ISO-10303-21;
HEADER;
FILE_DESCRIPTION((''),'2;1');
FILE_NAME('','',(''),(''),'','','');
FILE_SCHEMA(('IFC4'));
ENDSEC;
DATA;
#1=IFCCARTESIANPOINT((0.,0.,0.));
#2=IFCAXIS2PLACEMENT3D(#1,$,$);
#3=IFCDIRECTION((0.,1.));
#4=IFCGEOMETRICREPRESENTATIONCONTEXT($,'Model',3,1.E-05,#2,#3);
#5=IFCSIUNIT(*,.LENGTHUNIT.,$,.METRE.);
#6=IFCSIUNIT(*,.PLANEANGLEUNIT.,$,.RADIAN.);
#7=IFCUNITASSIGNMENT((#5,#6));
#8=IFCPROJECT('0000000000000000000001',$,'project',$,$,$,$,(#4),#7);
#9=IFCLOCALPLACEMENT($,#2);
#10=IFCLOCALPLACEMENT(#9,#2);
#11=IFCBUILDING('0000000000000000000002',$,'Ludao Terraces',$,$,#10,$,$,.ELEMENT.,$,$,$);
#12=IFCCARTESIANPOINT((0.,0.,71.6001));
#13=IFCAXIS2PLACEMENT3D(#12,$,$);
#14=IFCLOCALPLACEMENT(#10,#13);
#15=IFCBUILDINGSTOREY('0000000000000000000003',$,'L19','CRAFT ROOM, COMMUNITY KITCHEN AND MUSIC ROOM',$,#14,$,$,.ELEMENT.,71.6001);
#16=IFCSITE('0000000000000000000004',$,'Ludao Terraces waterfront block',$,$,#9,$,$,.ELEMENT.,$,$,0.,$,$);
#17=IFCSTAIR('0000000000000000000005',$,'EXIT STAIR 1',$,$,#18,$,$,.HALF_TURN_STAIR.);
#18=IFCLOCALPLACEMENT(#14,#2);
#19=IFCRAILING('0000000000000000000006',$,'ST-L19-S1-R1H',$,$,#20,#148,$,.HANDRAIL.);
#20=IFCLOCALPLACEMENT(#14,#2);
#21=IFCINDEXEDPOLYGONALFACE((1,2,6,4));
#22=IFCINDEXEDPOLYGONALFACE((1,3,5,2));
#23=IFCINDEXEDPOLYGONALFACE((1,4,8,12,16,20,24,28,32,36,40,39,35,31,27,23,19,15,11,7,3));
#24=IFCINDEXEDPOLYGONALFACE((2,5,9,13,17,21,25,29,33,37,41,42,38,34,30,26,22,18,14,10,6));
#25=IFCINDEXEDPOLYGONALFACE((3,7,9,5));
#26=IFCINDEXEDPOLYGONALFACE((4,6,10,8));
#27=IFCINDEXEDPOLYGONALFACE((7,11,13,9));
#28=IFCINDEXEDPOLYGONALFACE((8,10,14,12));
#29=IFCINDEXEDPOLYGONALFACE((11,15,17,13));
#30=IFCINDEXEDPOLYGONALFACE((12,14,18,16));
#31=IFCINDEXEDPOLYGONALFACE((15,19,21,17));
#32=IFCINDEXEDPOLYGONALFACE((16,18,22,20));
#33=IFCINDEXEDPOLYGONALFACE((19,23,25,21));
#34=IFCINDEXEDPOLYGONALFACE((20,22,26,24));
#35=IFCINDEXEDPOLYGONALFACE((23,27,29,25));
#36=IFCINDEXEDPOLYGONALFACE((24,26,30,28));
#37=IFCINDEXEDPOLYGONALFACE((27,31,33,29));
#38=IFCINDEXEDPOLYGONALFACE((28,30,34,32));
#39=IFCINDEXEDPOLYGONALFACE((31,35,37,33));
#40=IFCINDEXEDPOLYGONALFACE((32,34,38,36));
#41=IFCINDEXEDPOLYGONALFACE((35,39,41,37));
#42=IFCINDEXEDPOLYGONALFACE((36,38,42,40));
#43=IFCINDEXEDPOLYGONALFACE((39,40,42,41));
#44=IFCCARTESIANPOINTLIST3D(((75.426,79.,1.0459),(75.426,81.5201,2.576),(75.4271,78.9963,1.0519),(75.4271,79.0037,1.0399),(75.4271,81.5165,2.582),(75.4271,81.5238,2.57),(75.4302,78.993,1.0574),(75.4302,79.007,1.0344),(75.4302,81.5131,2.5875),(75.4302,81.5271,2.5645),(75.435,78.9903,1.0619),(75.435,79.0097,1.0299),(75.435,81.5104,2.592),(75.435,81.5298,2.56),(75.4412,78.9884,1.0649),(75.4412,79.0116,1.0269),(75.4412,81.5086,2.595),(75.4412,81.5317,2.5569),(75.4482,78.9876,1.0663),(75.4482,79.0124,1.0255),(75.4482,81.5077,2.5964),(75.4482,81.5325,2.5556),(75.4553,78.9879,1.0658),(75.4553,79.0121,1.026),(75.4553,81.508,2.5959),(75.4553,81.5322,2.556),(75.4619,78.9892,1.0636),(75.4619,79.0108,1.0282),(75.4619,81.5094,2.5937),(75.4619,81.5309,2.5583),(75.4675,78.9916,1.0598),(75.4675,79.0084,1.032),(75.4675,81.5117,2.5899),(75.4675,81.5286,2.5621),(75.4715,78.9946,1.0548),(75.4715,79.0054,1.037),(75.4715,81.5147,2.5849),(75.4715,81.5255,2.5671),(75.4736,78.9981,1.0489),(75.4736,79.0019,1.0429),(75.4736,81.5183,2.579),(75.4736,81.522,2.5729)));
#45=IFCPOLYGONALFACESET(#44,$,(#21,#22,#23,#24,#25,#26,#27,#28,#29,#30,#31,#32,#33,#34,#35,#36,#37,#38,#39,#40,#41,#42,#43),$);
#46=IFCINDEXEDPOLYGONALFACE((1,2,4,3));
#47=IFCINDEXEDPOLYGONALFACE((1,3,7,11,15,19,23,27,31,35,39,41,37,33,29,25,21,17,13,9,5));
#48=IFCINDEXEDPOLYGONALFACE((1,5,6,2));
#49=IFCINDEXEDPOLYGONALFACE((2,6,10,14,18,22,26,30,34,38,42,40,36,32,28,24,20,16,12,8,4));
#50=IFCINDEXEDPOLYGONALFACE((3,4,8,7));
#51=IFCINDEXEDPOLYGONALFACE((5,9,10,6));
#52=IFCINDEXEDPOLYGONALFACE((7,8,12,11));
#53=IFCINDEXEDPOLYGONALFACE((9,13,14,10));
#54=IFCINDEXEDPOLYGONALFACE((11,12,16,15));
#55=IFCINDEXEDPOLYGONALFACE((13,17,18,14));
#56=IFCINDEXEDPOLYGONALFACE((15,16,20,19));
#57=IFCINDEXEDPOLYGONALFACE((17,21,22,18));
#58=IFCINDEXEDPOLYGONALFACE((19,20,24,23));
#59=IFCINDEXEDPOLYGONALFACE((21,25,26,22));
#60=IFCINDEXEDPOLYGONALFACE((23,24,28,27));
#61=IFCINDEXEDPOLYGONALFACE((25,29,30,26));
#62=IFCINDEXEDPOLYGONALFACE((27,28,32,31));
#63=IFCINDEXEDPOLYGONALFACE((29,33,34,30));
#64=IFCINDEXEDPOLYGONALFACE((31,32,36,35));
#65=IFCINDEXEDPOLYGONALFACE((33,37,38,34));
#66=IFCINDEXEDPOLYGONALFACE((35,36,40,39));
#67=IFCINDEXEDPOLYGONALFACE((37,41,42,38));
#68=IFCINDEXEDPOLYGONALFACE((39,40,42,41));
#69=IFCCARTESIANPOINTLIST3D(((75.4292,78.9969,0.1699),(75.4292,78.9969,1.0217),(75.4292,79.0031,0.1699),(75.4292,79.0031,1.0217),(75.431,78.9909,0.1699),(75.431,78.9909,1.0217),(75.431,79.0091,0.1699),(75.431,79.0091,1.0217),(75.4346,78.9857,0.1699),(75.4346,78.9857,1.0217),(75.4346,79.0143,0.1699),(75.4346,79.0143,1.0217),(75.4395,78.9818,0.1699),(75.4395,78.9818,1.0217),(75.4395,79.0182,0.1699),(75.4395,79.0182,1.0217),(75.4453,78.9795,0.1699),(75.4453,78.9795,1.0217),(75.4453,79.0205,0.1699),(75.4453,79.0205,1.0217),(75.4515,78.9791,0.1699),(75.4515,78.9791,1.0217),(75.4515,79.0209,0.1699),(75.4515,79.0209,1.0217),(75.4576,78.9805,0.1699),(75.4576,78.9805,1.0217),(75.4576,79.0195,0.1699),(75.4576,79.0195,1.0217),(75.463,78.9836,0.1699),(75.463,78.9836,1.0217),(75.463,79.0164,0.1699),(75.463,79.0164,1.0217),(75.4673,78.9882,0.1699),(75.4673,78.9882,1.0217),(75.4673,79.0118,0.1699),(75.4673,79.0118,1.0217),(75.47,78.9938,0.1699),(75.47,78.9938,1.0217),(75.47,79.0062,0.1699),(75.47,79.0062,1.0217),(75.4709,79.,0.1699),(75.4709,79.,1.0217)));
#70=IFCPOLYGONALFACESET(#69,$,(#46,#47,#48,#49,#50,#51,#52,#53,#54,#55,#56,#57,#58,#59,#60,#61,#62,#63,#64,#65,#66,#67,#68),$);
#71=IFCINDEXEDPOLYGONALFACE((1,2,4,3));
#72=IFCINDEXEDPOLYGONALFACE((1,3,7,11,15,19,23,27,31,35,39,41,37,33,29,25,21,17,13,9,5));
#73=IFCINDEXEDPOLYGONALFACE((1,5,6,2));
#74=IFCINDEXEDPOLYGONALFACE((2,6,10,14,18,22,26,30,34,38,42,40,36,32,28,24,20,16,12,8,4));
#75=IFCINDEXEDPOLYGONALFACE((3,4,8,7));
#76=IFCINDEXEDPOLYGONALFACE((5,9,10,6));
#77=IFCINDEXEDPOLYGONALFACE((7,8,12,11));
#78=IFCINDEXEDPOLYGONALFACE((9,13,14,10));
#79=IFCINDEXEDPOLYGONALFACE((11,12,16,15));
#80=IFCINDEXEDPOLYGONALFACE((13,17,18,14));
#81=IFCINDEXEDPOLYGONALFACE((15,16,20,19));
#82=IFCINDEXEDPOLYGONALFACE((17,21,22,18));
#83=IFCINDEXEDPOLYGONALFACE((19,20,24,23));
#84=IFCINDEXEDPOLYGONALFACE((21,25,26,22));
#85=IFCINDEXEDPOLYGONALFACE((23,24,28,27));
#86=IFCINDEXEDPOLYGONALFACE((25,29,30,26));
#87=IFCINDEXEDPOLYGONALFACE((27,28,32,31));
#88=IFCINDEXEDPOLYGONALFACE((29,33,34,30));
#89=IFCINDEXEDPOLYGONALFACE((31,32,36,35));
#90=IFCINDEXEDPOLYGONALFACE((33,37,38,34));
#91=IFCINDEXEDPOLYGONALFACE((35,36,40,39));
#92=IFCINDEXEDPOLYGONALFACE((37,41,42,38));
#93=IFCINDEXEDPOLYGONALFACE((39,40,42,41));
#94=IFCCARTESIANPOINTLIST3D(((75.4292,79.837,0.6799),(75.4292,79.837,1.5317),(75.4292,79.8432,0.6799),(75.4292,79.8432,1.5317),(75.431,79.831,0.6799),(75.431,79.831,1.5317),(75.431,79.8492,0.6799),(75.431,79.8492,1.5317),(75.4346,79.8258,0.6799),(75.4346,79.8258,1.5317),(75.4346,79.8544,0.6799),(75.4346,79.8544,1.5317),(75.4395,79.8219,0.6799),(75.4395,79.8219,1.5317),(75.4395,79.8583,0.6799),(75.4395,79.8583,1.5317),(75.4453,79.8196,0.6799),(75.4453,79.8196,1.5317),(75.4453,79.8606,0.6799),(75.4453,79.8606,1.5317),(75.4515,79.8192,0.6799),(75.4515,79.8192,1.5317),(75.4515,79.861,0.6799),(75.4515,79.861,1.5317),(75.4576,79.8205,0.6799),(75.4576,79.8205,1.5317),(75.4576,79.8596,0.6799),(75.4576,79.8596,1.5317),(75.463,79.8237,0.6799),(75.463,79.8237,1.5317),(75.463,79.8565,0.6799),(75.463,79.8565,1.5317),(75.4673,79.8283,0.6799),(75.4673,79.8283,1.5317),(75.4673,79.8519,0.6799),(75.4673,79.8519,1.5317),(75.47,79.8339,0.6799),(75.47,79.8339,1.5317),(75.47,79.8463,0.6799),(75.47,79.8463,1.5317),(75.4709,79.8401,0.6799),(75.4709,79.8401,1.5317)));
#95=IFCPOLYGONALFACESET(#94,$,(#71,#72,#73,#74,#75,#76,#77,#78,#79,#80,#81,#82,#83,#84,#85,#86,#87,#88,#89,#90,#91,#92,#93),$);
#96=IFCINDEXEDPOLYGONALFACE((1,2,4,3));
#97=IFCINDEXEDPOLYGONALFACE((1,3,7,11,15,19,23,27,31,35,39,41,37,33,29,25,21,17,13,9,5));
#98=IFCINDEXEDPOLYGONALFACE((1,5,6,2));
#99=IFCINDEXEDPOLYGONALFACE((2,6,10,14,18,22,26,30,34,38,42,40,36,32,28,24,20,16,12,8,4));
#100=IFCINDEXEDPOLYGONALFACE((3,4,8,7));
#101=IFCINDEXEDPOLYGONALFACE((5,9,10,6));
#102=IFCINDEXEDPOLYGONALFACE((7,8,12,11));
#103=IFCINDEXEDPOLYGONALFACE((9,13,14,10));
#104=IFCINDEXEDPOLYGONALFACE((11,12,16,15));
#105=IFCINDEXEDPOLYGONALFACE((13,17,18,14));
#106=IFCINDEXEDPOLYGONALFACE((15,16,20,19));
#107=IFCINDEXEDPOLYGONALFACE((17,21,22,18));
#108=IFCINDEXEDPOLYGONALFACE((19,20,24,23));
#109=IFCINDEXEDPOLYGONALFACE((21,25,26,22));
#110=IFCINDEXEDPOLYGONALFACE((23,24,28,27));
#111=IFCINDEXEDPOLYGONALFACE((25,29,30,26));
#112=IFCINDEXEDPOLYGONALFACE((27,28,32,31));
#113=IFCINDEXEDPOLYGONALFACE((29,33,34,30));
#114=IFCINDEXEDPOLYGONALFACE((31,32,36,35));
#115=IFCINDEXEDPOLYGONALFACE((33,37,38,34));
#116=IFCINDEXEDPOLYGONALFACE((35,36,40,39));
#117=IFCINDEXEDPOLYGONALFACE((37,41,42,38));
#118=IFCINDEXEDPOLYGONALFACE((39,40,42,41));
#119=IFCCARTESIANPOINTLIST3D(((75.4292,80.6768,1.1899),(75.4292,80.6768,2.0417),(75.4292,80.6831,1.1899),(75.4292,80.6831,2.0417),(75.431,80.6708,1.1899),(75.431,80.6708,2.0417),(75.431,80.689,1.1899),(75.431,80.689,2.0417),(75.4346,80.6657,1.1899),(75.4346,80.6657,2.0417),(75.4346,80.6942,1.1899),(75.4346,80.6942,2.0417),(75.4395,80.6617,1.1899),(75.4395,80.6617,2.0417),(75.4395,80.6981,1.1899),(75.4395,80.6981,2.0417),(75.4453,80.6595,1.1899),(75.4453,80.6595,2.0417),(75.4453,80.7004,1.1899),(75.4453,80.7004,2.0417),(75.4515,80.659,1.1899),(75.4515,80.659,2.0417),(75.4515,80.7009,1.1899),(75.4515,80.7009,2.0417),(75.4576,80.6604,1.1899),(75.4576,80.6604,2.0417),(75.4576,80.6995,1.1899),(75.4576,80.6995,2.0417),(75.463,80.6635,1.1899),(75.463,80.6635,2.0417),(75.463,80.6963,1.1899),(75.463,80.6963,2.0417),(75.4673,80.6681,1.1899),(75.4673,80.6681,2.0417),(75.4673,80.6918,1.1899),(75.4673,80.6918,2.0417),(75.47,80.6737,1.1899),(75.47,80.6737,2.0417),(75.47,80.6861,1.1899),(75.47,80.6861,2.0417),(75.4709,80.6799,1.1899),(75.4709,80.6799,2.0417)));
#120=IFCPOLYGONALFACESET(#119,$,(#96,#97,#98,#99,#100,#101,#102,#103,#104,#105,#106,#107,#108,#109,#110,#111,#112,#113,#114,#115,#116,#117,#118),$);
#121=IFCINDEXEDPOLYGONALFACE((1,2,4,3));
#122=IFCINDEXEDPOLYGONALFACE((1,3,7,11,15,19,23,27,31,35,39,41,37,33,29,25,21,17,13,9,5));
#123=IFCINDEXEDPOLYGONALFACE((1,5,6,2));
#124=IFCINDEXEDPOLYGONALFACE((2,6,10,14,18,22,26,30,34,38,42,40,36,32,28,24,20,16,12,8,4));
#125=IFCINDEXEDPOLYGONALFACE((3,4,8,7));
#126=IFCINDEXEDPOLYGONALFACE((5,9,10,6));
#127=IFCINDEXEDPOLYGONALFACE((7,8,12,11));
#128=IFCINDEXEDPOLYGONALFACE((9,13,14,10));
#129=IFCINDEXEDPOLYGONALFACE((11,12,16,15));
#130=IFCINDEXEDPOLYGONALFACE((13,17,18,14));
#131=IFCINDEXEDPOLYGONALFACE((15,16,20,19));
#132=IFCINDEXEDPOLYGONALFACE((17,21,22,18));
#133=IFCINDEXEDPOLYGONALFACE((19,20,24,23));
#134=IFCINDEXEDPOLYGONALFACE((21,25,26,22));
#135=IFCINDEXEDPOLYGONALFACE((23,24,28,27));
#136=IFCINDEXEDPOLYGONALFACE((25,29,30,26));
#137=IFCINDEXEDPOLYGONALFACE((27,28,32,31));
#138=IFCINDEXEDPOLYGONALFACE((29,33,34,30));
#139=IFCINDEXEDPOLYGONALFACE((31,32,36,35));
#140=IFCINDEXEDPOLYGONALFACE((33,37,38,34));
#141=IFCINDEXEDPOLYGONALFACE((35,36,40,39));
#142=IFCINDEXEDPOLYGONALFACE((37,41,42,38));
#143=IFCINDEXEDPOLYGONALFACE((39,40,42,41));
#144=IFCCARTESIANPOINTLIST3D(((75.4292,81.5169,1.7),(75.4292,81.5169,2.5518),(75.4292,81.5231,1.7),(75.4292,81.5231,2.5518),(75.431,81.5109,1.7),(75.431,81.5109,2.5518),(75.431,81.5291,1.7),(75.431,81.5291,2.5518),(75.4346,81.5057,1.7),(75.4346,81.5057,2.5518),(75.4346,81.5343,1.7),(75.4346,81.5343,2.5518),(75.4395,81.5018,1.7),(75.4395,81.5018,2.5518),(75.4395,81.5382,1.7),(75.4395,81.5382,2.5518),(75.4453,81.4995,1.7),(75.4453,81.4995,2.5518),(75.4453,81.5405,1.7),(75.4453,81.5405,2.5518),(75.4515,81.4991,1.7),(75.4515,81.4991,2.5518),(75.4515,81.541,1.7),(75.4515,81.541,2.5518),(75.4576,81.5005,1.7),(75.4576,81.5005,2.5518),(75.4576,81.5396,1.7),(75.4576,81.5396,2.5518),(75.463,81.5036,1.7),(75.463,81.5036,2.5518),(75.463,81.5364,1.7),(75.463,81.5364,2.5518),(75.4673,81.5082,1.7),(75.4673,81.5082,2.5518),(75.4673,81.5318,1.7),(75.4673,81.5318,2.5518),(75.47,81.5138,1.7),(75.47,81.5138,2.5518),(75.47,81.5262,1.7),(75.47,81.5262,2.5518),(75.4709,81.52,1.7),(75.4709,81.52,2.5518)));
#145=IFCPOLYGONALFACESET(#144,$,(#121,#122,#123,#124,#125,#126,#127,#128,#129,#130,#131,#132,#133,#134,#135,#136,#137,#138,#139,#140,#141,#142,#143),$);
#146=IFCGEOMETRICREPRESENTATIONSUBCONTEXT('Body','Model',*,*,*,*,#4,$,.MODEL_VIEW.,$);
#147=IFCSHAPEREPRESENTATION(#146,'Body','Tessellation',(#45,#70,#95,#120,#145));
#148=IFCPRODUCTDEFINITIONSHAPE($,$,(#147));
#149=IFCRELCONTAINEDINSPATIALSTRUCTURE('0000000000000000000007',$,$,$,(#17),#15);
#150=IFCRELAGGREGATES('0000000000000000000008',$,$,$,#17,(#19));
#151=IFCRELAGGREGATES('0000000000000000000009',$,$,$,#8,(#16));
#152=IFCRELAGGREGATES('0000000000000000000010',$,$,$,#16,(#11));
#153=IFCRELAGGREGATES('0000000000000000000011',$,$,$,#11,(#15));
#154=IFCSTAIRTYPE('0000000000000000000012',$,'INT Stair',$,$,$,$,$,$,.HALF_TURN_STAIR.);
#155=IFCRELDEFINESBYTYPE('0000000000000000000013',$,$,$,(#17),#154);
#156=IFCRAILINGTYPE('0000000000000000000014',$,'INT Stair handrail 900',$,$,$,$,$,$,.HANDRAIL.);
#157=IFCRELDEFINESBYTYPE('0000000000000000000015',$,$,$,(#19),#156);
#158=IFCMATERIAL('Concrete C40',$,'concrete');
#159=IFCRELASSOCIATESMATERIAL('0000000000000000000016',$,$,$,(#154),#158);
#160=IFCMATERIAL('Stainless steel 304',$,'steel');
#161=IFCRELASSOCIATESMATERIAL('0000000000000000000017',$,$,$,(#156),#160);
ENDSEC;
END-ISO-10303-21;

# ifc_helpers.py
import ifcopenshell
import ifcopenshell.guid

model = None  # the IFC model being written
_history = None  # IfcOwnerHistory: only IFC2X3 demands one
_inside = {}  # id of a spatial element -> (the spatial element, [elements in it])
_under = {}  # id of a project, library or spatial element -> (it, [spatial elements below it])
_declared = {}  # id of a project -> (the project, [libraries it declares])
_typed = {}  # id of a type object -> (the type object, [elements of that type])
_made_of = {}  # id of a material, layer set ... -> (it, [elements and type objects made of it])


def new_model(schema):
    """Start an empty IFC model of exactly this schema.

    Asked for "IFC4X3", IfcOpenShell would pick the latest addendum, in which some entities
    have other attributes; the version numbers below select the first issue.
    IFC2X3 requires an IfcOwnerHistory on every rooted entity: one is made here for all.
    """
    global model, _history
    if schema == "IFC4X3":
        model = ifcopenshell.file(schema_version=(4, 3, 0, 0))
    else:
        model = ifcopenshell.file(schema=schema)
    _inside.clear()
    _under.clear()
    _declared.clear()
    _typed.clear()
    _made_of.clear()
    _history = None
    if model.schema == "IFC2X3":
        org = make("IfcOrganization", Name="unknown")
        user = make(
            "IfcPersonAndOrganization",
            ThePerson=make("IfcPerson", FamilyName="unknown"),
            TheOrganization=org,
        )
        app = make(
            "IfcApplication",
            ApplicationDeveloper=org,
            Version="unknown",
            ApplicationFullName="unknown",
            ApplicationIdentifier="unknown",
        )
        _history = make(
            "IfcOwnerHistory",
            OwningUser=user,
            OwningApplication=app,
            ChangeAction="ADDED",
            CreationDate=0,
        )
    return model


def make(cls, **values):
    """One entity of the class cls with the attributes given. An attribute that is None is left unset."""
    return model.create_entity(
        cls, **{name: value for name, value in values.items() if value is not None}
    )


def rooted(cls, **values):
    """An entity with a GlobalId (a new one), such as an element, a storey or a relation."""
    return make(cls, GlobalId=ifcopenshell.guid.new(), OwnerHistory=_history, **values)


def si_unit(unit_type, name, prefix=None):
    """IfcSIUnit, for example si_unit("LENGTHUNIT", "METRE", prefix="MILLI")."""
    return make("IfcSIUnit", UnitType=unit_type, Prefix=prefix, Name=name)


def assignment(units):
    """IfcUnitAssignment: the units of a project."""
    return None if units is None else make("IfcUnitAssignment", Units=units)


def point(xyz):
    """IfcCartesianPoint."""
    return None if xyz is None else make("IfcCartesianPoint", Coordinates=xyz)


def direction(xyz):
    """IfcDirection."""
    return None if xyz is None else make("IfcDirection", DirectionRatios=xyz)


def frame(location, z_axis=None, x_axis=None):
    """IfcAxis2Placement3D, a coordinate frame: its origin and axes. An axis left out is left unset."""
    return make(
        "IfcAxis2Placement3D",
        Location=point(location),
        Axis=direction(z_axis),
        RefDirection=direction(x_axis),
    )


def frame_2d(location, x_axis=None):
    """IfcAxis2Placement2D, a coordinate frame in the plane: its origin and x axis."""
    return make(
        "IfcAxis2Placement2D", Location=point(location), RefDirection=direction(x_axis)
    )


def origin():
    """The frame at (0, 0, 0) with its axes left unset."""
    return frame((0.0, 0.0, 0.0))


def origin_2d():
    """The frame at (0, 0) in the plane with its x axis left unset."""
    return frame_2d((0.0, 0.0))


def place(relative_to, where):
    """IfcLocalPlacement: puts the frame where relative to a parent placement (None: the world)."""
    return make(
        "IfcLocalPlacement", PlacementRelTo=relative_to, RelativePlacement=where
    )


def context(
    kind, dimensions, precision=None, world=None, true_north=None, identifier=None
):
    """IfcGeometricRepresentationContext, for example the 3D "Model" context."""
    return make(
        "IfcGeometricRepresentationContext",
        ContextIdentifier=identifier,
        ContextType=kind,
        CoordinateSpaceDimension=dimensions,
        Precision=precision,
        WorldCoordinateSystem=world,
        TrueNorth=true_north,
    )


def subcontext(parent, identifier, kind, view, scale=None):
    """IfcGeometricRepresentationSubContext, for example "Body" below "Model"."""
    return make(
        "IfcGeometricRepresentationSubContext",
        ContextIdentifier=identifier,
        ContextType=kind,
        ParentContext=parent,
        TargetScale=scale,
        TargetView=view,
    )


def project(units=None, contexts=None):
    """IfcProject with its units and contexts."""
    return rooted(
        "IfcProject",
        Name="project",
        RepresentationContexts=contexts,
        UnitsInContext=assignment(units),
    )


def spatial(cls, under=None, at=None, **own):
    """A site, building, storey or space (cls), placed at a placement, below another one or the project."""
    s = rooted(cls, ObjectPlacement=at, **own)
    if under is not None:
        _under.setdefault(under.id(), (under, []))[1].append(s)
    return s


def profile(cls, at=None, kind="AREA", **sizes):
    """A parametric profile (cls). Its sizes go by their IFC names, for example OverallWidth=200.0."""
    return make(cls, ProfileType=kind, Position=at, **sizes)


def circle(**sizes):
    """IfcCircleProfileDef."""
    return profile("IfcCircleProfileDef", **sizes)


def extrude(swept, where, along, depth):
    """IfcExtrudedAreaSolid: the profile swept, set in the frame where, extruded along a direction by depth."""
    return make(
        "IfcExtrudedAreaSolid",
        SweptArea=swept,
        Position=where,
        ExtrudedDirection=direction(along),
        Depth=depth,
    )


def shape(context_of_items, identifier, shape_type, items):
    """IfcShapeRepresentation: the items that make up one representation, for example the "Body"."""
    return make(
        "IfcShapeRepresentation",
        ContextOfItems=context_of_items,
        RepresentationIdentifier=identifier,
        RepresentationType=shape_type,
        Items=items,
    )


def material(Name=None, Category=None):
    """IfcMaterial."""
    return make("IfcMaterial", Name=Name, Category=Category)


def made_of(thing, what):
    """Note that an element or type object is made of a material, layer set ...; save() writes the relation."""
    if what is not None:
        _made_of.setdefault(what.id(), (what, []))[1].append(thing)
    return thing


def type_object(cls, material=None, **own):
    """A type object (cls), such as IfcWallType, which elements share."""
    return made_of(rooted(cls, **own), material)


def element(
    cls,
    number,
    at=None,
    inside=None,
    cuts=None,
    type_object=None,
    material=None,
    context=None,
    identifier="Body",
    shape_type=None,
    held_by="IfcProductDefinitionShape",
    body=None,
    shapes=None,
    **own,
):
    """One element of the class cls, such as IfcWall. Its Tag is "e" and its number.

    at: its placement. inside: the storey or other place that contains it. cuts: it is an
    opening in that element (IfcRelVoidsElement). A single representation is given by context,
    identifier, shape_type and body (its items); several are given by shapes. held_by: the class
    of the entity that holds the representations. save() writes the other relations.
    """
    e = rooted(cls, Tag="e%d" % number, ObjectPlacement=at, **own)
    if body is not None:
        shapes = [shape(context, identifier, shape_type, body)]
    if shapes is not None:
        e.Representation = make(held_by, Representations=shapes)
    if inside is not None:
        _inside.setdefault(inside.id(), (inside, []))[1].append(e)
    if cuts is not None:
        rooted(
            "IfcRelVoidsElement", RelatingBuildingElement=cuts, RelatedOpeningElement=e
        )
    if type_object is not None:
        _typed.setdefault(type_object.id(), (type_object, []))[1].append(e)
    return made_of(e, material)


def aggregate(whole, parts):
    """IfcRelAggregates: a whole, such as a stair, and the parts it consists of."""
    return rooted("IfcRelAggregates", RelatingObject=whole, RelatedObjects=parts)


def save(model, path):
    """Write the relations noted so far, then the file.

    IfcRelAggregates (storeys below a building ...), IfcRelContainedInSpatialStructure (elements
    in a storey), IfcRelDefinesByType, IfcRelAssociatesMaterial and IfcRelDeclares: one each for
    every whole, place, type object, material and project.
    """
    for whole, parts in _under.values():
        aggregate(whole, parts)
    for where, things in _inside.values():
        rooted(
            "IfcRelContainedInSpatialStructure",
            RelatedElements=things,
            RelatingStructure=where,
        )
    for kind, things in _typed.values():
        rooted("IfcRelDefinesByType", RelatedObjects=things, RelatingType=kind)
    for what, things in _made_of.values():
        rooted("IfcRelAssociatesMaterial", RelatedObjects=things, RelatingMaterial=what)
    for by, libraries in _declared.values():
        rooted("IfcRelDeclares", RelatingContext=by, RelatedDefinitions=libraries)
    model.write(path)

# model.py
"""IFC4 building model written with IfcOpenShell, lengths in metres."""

from ifc_helpers import new_model, si_unit, direction, frame, origin, origin_2d, place, context, subcontext, project, spatial, circle, extrude, material, type_object, element, aggregate, save


model = new_model("IFC4")

# Units and contexts
model_context = context("Model", 3, precision=1e-05, world=origin(), true_north=direction((0.0, 1.0)))
body_context = subcontext(model_context, "Body", "Model", "MODEL_VIEW")
ifc_project = project(units=[si_unit("LENGTHUNIT", "METRE"), si_unit("PLANEANGLEUNIT", "RADIAN")], contexts=[model_context])

# Site, building, storey
site_placement = place(None, origin())
site = spatial("IfcSite", under=ifc_project, at=site_placement, Name="Ludao Terraces waterfront block", CompositionType="ELEMENT", RefElevation=0.0)
building_placement = place(site_placement, origin())
building = spatial("IfcBuilding", under=site, at=building_placement, Name="Ludao Terraces", CompositionType="ELEMENT")
storey_placement = place(building_placement, frame((0.0, 0.0, 71.6001)))
storey = spatial("IfcBuildingStorey", under=building, at=storey_placement, Name="L19", Description="CRAFT ROOM, COMMUNITY KITCHEN AND MUSIC ROOM", CompositionType="ELEMENT", Elevation=71.6001)

# Shared definitions
ifc_material_1 = material(Name="Concrete C40", Category="concrete")

# Stair, railing
stair_type = type_object("IfcStairType", Name="INT Stair", PredefinedType="HALF_TURN_STAIR", material=ifc_material_1)
stair_placement = place(storey_placement, origin())
stair = element("IfcStair", 1, at=stair_placement, inside=storey, type_object=stair_type, Name="EXIT STAIR 1", PredefinedType="HALF_TURN_STAIR")
ifc_material_2 = material(Name="Stainless steel 304", Category="steel")
railing_type_1 = type_object("IfcRailingType", Name="INT Stair handrail 900", PredefinedType="HANDRAIL", material=ifc_material_2)
railing_1_placement = place(storey_placement, frame((75.45, 79.0, 0.1699)))
railing_1 = element("IfcRailing", 2, at=railing_1_placement, type_object=railing_type_1, Name="ST-L19-S1-R1H", PredefinedType="HANDRAIL", context=body_context, shape_type="SweptSolid", body=[
    extrude(circle(Radius=0.0239, at=origin_2d()), frame((0.0, 0.0, 0.876), z_axis=(0.0, 0.854785, 0.518982), x_axis=(-1.0, 0.0, 0.0)), (0.0, 0.0, 1.0), 2.9482),
    extrude(circle(Radius=0.021, at=origin_2d()), origin(), (0.0, 0.0, 1.0), 0.8518),
    extrude(circle(Radius=0.021, at=origin_2d()), frame((0.0, 0.8401, 0.51)), (0.0, 0.0, 1.0), 0.8518),
    extrude(circle(Radius=0.021, at=origin_2d()), frame((0.0, 1.6799, 1.02)), (0.0, 0.0, 1.0), 0.8518),
    extrude(circle(Radius=0.021, at=origin_2d()), frame((0.0, 2.52, 1.53)), (0.0, 0.0, 1.0), 0.8518),
])
aggregate(stair, [railing_1])

save(model, "model.ifc")
